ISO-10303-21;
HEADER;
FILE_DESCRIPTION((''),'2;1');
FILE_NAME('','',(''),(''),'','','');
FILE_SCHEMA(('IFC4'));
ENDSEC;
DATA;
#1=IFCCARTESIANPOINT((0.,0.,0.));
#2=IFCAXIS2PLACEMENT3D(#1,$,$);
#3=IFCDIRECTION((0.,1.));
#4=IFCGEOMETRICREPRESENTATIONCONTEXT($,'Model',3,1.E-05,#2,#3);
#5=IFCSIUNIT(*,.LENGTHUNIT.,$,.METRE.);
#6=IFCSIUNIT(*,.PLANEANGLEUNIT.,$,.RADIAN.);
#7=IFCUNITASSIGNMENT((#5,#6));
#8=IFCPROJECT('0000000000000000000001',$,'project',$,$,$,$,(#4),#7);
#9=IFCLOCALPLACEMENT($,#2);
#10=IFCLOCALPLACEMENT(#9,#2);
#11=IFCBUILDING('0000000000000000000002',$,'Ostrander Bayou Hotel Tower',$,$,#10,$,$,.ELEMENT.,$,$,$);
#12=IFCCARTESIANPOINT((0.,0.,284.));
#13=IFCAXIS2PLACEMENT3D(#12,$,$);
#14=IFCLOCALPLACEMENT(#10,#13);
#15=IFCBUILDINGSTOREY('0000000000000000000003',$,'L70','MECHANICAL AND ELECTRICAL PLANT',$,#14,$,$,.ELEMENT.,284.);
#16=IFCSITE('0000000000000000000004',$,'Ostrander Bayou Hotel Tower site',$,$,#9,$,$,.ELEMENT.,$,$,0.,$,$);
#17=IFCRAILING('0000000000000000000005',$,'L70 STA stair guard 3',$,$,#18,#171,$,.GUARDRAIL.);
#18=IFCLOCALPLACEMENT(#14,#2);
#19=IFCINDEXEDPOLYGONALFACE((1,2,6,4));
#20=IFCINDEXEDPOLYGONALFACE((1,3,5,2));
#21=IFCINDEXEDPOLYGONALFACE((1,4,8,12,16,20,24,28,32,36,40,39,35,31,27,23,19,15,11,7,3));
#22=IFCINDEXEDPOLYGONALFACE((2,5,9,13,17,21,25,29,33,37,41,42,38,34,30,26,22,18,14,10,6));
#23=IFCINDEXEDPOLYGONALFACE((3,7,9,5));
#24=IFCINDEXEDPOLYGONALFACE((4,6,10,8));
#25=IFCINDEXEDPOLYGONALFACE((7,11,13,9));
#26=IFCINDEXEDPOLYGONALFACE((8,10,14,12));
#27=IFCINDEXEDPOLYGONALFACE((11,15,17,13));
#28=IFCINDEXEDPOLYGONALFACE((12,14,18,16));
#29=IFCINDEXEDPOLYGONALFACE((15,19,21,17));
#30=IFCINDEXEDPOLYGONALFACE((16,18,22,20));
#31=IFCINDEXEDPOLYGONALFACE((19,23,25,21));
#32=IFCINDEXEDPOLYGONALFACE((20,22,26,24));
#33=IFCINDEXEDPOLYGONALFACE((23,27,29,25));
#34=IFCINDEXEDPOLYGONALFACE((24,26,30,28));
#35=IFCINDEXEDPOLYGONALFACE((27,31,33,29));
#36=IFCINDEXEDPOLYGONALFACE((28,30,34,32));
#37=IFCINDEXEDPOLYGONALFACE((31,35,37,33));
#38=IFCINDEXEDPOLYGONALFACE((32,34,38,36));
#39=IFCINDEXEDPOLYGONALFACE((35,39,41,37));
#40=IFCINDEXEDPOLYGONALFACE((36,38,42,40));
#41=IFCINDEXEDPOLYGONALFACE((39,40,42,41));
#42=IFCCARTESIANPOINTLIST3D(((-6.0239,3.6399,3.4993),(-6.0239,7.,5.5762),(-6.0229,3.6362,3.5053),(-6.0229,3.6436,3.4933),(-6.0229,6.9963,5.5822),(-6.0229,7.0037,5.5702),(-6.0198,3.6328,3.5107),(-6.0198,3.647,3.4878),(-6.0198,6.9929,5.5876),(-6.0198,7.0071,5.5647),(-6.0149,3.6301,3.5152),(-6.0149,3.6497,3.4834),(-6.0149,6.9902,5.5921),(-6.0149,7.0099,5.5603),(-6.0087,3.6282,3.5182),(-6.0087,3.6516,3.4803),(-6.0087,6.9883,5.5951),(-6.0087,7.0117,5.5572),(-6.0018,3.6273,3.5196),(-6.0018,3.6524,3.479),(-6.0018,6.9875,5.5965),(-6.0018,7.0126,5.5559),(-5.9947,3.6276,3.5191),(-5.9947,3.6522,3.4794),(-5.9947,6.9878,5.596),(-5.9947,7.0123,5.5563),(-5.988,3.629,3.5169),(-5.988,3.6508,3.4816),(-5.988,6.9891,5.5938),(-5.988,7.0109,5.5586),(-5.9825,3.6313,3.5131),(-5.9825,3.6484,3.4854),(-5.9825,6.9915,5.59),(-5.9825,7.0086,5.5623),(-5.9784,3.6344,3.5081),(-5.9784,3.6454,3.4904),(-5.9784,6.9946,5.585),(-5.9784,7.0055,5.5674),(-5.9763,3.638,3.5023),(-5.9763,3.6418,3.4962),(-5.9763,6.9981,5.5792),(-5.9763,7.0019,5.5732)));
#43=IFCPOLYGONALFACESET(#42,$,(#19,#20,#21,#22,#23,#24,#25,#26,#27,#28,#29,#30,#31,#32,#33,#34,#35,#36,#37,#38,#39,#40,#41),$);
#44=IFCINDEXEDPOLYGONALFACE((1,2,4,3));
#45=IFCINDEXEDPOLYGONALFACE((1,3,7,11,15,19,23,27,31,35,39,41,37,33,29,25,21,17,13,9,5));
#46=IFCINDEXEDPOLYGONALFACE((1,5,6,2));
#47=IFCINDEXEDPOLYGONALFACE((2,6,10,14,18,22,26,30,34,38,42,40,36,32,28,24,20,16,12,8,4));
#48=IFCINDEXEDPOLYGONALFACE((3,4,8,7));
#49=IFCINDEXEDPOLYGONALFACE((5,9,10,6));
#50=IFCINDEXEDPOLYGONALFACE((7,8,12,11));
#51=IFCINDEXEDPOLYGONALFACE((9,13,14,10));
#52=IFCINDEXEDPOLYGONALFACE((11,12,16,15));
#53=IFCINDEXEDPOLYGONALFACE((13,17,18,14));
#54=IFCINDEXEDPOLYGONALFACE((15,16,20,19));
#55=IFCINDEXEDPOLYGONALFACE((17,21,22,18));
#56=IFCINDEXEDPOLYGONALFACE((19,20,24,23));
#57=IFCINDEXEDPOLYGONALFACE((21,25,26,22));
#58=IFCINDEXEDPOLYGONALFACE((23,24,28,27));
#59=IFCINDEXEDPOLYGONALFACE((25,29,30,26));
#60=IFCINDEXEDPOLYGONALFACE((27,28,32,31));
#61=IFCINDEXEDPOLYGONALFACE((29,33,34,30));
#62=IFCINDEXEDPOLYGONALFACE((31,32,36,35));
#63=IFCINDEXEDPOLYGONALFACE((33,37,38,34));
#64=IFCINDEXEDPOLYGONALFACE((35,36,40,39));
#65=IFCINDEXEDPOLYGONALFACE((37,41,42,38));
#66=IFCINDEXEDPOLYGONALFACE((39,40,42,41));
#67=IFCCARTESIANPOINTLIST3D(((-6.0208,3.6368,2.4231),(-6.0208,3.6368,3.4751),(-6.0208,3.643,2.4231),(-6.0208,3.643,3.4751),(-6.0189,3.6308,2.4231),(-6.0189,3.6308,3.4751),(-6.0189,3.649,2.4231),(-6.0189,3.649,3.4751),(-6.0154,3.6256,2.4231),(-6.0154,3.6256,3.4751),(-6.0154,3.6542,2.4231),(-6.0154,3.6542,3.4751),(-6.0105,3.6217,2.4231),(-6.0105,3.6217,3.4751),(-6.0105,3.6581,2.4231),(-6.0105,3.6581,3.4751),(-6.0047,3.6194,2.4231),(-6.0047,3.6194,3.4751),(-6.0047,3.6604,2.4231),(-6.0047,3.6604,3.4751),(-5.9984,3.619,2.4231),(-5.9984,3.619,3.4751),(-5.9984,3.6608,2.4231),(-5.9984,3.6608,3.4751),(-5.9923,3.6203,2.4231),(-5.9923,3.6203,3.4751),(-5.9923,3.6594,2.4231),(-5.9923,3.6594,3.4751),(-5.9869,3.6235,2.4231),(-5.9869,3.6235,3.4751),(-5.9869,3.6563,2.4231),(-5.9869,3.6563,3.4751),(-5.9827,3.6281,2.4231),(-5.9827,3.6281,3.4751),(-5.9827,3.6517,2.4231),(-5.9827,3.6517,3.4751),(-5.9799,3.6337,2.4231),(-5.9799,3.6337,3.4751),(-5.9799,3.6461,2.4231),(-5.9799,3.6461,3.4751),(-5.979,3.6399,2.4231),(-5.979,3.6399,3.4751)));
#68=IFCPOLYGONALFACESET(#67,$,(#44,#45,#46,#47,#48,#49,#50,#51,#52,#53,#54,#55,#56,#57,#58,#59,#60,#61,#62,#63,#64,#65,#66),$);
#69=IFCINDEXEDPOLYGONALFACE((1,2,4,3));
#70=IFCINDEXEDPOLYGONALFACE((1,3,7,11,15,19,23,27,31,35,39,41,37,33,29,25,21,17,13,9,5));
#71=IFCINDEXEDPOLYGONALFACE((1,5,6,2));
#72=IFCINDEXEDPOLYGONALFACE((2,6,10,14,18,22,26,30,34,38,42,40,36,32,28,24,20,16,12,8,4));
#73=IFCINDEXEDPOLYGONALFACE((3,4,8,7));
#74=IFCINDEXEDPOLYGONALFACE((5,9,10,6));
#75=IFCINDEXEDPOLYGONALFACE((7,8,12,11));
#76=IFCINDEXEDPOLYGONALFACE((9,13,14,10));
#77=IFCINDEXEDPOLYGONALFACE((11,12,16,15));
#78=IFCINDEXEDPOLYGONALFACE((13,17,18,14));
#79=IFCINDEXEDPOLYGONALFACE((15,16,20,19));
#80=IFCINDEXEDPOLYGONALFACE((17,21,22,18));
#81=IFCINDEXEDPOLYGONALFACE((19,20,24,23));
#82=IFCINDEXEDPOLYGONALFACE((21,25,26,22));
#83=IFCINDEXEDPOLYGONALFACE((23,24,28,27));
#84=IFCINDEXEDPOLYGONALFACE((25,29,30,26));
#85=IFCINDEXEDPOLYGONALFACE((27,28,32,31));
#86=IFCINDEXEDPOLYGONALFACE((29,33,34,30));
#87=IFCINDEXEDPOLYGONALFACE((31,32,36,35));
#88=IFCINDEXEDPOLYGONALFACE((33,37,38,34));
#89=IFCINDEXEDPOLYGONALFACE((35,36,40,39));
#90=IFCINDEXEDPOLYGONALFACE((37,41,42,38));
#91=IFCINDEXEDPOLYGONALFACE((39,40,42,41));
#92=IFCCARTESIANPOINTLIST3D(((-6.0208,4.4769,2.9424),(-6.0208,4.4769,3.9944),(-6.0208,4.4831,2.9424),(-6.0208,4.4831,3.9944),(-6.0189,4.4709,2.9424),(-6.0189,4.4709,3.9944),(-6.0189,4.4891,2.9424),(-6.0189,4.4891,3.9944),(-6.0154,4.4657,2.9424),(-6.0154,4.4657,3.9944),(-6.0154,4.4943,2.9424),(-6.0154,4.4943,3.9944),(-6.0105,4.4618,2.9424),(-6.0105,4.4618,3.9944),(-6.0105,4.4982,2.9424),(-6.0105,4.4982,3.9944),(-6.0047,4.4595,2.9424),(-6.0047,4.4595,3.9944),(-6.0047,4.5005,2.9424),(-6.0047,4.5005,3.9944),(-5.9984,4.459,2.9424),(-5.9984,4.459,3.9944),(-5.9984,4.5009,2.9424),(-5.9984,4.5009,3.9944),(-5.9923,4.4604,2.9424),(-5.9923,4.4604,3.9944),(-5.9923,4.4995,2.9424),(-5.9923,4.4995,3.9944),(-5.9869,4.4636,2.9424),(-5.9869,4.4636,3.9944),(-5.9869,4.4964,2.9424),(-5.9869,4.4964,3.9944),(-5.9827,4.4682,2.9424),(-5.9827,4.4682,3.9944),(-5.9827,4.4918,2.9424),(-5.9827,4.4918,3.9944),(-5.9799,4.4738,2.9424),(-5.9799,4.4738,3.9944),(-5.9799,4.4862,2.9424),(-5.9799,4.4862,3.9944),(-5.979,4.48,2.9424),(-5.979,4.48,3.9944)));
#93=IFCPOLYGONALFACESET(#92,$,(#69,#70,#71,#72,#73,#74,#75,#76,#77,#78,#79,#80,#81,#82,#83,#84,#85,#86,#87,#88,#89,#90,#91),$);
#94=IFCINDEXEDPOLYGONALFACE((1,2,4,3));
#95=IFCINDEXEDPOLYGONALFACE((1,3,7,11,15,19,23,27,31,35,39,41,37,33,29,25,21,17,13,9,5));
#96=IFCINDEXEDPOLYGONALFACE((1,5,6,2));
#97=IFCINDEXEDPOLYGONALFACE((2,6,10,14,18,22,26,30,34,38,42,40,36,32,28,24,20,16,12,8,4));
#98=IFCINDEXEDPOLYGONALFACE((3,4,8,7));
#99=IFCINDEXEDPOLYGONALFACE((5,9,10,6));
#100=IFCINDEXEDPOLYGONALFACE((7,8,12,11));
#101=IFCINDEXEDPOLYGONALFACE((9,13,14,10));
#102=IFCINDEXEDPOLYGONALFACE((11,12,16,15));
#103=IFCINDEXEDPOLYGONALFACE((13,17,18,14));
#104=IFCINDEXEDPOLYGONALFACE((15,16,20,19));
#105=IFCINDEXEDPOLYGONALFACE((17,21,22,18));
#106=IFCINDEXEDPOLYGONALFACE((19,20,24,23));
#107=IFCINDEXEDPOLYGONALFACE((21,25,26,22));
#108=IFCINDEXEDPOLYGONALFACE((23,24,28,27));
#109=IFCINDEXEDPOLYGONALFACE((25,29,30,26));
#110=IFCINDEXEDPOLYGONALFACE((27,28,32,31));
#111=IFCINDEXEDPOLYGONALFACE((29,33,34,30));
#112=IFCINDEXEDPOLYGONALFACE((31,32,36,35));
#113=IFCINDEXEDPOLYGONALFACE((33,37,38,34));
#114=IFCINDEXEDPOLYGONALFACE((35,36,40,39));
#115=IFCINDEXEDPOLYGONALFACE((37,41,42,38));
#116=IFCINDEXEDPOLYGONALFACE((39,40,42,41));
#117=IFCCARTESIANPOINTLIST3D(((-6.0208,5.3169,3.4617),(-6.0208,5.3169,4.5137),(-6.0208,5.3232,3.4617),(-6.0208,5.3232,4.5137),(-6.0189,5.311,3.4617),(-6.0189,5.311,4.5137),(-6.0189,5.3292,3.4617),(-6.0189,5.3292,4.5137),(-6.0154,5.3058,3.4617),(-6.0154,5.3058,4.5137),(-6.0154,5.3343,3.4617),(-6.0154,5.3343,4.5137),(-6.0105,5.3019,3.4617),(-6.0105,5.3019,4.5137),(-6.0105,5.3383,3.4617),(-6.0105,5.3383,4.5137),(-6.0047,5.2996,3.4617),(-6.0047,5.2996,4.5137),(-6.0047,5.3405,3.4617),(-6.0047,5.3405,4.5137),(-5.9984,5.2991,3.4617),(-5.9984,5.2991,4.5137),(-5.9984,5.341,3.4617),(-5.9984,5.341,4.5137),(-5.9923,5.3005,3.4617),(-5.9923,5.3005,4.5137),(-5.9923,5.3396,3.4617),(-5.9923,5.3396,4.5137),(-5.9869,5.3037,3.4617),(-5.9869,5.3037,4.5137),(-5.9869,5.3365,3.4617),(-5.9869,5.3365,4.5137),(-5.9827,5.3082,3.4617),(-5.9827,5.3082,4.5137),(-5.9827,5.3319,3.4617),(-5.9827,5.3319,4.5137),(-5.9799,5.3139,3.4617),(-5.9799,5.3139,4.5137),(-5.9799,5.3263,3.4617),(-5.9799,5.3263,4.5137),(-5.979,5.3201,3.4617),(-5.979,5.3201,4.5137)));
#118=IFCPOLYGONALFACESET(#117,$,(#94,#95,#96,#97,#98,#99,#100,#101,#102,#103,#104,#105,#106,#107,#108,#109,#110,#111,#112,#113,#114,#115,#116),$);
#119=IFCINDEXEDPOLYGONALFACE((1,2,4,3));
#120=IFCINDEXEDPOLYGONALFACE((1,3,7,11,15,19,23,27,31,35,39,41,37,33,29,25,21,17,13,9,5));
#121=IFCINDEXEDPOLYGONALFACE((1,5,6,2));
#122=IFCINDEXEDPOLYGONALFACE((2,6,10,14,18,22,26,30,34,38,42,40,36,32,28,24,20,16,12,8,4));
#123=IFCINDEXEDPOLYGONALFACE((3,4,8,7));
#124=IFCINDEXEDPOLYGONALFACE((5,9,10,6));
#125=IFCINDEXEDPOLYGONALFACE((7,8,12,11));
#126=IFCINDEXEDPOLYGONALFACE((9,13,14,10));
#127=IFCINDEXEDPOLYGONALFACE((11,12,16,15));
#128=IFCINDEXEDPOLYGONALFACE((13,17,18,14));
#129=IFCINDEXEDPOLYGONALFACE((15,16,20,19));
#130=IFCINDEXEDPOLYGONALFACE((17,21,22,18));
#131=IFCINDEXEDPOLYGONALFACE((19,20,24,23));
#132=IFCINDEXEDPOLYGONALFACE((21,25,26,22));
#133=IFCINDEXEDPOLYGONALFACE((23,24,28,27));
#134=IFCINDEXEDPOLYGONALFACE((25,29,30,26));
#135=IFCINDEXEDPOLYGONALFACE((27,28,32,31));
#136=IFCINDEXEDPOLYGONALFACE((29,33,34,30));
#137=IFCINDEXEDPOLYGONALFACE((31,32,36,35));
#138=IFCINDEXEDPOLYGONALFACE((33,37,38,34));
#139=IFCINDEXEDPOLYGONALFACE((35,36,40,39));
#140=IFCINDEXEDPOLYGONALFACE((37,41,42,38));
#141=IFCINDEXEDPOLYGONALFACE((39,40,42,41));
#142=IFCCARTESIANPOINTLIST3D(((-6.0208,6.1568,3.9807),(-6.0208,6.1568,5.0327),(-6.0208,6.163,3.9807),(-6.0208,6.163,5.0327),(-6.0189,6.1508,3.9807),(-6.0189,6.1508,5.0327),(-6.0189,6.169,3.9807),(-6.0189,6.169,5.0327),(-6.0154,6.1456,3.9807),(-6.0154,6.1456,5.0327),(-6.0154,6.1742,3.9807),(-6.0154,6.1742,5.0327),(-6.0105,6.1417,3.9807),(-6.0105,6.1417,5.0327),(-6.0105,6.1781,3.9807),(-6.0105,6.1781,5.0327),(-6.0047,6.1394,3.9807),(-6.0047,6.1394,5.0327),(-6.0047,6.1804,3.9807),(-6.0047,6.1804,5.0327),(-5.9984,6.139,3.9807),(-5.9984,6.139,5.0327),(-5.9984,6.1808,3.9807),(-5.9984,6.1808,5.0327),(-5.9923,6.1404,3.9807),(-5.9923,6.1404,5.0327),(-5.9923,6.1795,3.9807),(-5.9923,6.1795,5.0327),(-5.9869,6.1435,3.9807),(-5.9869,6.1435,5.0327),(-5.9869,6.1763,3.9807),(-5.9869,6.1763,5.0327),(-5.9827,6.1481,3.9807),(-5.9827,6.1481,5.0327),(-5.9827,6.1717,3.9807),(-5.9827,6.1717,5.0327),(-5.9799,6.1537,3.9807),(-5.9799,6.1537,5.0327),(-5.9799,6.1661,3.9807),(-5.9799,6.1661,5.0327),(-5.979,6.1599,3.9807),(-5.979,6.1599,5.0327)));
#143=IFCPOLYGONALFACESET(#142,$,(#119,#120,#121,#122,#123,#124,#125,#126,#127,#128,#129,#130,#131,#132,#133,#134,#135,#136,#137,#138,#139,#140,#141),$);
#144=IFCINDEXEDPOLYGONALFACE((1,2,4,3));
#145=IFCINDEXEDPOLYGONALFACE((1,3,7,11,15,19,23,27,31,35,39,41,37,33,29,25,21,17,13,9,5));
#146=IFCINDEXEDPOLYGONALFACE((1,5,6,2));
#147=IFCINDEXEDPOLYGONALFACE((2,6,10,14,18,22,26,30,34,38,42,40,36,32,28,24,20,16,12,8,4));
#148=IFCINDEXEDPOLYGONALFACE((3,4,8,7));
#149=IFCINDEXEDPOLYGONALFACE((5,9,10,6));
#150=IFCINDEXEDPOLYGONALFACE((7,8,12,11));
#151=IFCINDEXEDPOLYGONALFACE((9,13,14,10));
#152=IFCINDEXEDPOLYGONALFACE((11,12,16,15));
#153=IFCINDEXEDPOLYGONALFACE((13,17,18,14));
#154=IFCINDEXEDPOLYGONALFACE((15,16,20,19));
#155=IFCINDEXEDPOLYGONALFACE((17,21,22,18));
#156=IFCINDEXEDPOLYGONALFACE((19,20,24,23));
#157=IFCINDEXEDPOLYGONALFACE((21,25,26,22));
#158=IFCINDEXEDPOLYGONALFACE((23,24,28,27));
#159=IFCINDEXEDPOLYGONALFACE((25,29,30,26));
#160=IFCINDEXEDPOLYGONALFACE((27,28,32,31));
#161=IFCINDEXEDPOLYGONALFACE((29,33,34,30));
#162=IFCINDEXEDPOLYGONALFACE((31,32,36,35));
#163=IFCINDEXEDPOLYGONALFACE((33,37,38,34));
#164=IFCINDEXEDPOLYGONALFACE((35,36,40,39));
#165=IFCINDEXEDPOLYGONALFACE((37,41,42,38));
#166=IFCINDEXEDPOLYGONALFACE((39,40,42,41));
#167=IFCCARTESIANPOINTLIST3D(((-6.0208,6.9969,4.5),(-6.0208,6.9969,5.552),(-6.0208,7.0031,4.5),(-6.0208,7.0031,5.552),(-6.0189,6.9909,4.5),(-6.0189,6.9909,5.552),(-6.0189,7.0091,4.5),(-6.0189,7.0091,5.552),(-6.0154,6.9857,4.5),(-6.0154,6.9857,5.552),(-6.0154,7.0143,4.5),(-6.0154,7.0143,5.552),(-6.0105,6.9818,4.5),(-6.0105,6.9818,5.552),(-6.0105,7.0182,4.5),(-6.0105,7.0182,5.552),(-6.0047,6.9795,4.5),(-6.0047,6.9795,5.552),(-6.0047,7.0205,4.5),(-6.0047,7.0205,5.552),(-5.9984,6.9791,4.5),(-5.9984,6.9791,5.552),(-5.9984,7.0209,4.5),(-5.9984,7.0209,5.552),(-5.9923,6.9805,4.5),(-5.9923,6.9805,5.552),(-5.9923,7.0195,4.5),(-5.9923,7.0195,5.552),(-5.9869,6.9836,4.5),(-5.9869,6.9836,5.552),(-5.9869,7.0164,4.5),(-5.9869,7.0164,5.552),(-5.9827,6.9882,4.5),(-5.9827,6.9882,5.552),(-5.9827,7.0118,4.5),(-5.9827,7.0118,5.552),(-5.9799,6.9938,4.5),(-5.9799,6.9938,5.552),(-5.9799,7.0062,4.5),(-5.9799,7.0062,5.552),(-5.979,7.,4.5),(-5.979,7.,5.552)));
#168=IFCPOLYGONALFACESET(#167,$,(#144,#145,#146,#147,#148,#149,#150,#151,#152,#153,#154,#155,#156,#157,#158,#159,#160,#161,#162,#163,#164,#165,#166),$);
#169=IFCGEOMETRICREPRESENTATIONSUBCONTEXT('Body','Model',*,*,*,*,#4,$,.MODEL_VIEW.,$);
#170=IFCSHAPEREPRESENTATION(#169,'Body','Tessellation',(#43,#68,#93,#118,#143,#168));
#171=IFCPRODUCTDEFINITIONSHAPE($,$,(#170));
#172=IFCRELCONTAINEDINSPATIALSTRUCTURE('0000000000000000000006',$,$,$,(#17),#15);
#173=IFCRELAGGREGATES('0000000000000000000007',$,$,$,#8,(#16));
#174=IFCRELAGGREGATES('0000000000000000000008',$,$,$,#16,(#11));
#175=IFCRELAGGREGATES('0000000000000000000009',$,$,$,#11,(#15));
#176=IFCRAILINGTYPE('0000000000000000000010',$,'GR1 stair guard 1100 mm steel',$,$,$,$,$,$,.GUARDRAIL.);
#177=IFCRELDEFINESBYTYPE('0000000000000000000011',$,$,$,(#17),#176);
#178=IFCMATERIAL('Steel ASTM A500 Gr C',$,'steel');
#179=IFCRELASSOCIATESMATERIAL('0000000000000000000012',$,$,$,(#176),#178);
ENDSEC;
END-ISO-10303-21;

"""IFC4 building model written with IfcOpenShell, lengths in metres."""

from ifc_helpers import new_model, si_unit, direction, frame, origin, origin_2d, place, context, subcontext, project, spatial, circle, extrude, material, type_object, element, save


model = new_model("IFC4")

# Units and contexts
model_context = context("Model", 3, precision=1e-05, world=origin(), true_north=direction((0.0, 1.0)))
body_context = subcontext(model_context, "Body", "Model", "MODEL_VIEW")
ifc_project = project(units=[si_unit("LENGTHUNIT", "METRE"), si_unit("PLANEANGLEUNIT", "RADIAN")], contexts=[model_context])

# Site, building, storey
site_placement = place(None, origin())
site = spatial("IfcSite", under=ifc_project, at=site_placement, Name="Ostrander Bayou Hotel Tower site", CompositionType="ELEMENT", RefElevation=0.0)
building_placement = place(site_placement, origin())
building = spatial("IfcBuilding", under=site, at=building_placement, Name="Ostrander Bayou Hotel Tower", CompositionType="ELEMENT")
storey_placement = place(building_placement, frame((0.0, 0.0, 284.0)))
storey = spatial("IfcBuildingStorey", under=building, at=storey_placement, Name="L70", Description="MECHANICAL AND ELECTRICAL PLANT", CompositionType="ELEMENT", Elevation=284.0)

# Railing
ifc_material_1 = material(Name="Steel ASTM A500 Gr C", Category="steel")
railing_type_1 = type_object("IfcRailingType", Name="GR1 stair guard 1100 mm steel", PredefinedType="GUARDRAIL", material=ifc_material_1)
railing_1_placement = place(storey_placement, frame((-6.0, 3.6399, 2.4231)))
element("IfcRailing", 1, at=railing_1_placement, inside=storey, type_object=railing_type_1, Name="L70 STA stair guard 3", PredefinedType="GUARDRAIL", context=body_context, shape_type="SweptSolid", body=[
    extrude(circle(Radius=0.0239, at=origin_2d()), frame((0.0, 0.0, 1.0762), z_axis=(0.0, 0.850623, 0.525776), x_axis=(-1.0, 0.0, 0.0)), (0.0, 0.0, 1.0), 3.9502),
    extrude(circle(Radius=0.021, at=origin_2d()), origin(), (0.0, 0.0, 1.0), 1.052),
    extrude(circle(Radius=0.021, at=origin_2d()), frame((0.0, 0.8401, 0.5193)), (0.0, 0.0, 1.0), 1.052),
    extrude(circle(Radius=0.021, at=origin_2d()), frame((0.0, 1.6802, 1.0386)), (0.0, 0.0, 1.0), 1.052),
    extrude(circle(Radius=0.021, at=origin_2d()), frame((0.0, 2.52, 1.5576)), (0.0, 0.0, 1.0), 1.052),
    extrude(circle(Radius=0.021, at=origin_2d()), frame((0.0, 3.3601, 2.0769)), (0.0, 0.0, 1.0), 1.052),
])

save(model, "model.ifc")
